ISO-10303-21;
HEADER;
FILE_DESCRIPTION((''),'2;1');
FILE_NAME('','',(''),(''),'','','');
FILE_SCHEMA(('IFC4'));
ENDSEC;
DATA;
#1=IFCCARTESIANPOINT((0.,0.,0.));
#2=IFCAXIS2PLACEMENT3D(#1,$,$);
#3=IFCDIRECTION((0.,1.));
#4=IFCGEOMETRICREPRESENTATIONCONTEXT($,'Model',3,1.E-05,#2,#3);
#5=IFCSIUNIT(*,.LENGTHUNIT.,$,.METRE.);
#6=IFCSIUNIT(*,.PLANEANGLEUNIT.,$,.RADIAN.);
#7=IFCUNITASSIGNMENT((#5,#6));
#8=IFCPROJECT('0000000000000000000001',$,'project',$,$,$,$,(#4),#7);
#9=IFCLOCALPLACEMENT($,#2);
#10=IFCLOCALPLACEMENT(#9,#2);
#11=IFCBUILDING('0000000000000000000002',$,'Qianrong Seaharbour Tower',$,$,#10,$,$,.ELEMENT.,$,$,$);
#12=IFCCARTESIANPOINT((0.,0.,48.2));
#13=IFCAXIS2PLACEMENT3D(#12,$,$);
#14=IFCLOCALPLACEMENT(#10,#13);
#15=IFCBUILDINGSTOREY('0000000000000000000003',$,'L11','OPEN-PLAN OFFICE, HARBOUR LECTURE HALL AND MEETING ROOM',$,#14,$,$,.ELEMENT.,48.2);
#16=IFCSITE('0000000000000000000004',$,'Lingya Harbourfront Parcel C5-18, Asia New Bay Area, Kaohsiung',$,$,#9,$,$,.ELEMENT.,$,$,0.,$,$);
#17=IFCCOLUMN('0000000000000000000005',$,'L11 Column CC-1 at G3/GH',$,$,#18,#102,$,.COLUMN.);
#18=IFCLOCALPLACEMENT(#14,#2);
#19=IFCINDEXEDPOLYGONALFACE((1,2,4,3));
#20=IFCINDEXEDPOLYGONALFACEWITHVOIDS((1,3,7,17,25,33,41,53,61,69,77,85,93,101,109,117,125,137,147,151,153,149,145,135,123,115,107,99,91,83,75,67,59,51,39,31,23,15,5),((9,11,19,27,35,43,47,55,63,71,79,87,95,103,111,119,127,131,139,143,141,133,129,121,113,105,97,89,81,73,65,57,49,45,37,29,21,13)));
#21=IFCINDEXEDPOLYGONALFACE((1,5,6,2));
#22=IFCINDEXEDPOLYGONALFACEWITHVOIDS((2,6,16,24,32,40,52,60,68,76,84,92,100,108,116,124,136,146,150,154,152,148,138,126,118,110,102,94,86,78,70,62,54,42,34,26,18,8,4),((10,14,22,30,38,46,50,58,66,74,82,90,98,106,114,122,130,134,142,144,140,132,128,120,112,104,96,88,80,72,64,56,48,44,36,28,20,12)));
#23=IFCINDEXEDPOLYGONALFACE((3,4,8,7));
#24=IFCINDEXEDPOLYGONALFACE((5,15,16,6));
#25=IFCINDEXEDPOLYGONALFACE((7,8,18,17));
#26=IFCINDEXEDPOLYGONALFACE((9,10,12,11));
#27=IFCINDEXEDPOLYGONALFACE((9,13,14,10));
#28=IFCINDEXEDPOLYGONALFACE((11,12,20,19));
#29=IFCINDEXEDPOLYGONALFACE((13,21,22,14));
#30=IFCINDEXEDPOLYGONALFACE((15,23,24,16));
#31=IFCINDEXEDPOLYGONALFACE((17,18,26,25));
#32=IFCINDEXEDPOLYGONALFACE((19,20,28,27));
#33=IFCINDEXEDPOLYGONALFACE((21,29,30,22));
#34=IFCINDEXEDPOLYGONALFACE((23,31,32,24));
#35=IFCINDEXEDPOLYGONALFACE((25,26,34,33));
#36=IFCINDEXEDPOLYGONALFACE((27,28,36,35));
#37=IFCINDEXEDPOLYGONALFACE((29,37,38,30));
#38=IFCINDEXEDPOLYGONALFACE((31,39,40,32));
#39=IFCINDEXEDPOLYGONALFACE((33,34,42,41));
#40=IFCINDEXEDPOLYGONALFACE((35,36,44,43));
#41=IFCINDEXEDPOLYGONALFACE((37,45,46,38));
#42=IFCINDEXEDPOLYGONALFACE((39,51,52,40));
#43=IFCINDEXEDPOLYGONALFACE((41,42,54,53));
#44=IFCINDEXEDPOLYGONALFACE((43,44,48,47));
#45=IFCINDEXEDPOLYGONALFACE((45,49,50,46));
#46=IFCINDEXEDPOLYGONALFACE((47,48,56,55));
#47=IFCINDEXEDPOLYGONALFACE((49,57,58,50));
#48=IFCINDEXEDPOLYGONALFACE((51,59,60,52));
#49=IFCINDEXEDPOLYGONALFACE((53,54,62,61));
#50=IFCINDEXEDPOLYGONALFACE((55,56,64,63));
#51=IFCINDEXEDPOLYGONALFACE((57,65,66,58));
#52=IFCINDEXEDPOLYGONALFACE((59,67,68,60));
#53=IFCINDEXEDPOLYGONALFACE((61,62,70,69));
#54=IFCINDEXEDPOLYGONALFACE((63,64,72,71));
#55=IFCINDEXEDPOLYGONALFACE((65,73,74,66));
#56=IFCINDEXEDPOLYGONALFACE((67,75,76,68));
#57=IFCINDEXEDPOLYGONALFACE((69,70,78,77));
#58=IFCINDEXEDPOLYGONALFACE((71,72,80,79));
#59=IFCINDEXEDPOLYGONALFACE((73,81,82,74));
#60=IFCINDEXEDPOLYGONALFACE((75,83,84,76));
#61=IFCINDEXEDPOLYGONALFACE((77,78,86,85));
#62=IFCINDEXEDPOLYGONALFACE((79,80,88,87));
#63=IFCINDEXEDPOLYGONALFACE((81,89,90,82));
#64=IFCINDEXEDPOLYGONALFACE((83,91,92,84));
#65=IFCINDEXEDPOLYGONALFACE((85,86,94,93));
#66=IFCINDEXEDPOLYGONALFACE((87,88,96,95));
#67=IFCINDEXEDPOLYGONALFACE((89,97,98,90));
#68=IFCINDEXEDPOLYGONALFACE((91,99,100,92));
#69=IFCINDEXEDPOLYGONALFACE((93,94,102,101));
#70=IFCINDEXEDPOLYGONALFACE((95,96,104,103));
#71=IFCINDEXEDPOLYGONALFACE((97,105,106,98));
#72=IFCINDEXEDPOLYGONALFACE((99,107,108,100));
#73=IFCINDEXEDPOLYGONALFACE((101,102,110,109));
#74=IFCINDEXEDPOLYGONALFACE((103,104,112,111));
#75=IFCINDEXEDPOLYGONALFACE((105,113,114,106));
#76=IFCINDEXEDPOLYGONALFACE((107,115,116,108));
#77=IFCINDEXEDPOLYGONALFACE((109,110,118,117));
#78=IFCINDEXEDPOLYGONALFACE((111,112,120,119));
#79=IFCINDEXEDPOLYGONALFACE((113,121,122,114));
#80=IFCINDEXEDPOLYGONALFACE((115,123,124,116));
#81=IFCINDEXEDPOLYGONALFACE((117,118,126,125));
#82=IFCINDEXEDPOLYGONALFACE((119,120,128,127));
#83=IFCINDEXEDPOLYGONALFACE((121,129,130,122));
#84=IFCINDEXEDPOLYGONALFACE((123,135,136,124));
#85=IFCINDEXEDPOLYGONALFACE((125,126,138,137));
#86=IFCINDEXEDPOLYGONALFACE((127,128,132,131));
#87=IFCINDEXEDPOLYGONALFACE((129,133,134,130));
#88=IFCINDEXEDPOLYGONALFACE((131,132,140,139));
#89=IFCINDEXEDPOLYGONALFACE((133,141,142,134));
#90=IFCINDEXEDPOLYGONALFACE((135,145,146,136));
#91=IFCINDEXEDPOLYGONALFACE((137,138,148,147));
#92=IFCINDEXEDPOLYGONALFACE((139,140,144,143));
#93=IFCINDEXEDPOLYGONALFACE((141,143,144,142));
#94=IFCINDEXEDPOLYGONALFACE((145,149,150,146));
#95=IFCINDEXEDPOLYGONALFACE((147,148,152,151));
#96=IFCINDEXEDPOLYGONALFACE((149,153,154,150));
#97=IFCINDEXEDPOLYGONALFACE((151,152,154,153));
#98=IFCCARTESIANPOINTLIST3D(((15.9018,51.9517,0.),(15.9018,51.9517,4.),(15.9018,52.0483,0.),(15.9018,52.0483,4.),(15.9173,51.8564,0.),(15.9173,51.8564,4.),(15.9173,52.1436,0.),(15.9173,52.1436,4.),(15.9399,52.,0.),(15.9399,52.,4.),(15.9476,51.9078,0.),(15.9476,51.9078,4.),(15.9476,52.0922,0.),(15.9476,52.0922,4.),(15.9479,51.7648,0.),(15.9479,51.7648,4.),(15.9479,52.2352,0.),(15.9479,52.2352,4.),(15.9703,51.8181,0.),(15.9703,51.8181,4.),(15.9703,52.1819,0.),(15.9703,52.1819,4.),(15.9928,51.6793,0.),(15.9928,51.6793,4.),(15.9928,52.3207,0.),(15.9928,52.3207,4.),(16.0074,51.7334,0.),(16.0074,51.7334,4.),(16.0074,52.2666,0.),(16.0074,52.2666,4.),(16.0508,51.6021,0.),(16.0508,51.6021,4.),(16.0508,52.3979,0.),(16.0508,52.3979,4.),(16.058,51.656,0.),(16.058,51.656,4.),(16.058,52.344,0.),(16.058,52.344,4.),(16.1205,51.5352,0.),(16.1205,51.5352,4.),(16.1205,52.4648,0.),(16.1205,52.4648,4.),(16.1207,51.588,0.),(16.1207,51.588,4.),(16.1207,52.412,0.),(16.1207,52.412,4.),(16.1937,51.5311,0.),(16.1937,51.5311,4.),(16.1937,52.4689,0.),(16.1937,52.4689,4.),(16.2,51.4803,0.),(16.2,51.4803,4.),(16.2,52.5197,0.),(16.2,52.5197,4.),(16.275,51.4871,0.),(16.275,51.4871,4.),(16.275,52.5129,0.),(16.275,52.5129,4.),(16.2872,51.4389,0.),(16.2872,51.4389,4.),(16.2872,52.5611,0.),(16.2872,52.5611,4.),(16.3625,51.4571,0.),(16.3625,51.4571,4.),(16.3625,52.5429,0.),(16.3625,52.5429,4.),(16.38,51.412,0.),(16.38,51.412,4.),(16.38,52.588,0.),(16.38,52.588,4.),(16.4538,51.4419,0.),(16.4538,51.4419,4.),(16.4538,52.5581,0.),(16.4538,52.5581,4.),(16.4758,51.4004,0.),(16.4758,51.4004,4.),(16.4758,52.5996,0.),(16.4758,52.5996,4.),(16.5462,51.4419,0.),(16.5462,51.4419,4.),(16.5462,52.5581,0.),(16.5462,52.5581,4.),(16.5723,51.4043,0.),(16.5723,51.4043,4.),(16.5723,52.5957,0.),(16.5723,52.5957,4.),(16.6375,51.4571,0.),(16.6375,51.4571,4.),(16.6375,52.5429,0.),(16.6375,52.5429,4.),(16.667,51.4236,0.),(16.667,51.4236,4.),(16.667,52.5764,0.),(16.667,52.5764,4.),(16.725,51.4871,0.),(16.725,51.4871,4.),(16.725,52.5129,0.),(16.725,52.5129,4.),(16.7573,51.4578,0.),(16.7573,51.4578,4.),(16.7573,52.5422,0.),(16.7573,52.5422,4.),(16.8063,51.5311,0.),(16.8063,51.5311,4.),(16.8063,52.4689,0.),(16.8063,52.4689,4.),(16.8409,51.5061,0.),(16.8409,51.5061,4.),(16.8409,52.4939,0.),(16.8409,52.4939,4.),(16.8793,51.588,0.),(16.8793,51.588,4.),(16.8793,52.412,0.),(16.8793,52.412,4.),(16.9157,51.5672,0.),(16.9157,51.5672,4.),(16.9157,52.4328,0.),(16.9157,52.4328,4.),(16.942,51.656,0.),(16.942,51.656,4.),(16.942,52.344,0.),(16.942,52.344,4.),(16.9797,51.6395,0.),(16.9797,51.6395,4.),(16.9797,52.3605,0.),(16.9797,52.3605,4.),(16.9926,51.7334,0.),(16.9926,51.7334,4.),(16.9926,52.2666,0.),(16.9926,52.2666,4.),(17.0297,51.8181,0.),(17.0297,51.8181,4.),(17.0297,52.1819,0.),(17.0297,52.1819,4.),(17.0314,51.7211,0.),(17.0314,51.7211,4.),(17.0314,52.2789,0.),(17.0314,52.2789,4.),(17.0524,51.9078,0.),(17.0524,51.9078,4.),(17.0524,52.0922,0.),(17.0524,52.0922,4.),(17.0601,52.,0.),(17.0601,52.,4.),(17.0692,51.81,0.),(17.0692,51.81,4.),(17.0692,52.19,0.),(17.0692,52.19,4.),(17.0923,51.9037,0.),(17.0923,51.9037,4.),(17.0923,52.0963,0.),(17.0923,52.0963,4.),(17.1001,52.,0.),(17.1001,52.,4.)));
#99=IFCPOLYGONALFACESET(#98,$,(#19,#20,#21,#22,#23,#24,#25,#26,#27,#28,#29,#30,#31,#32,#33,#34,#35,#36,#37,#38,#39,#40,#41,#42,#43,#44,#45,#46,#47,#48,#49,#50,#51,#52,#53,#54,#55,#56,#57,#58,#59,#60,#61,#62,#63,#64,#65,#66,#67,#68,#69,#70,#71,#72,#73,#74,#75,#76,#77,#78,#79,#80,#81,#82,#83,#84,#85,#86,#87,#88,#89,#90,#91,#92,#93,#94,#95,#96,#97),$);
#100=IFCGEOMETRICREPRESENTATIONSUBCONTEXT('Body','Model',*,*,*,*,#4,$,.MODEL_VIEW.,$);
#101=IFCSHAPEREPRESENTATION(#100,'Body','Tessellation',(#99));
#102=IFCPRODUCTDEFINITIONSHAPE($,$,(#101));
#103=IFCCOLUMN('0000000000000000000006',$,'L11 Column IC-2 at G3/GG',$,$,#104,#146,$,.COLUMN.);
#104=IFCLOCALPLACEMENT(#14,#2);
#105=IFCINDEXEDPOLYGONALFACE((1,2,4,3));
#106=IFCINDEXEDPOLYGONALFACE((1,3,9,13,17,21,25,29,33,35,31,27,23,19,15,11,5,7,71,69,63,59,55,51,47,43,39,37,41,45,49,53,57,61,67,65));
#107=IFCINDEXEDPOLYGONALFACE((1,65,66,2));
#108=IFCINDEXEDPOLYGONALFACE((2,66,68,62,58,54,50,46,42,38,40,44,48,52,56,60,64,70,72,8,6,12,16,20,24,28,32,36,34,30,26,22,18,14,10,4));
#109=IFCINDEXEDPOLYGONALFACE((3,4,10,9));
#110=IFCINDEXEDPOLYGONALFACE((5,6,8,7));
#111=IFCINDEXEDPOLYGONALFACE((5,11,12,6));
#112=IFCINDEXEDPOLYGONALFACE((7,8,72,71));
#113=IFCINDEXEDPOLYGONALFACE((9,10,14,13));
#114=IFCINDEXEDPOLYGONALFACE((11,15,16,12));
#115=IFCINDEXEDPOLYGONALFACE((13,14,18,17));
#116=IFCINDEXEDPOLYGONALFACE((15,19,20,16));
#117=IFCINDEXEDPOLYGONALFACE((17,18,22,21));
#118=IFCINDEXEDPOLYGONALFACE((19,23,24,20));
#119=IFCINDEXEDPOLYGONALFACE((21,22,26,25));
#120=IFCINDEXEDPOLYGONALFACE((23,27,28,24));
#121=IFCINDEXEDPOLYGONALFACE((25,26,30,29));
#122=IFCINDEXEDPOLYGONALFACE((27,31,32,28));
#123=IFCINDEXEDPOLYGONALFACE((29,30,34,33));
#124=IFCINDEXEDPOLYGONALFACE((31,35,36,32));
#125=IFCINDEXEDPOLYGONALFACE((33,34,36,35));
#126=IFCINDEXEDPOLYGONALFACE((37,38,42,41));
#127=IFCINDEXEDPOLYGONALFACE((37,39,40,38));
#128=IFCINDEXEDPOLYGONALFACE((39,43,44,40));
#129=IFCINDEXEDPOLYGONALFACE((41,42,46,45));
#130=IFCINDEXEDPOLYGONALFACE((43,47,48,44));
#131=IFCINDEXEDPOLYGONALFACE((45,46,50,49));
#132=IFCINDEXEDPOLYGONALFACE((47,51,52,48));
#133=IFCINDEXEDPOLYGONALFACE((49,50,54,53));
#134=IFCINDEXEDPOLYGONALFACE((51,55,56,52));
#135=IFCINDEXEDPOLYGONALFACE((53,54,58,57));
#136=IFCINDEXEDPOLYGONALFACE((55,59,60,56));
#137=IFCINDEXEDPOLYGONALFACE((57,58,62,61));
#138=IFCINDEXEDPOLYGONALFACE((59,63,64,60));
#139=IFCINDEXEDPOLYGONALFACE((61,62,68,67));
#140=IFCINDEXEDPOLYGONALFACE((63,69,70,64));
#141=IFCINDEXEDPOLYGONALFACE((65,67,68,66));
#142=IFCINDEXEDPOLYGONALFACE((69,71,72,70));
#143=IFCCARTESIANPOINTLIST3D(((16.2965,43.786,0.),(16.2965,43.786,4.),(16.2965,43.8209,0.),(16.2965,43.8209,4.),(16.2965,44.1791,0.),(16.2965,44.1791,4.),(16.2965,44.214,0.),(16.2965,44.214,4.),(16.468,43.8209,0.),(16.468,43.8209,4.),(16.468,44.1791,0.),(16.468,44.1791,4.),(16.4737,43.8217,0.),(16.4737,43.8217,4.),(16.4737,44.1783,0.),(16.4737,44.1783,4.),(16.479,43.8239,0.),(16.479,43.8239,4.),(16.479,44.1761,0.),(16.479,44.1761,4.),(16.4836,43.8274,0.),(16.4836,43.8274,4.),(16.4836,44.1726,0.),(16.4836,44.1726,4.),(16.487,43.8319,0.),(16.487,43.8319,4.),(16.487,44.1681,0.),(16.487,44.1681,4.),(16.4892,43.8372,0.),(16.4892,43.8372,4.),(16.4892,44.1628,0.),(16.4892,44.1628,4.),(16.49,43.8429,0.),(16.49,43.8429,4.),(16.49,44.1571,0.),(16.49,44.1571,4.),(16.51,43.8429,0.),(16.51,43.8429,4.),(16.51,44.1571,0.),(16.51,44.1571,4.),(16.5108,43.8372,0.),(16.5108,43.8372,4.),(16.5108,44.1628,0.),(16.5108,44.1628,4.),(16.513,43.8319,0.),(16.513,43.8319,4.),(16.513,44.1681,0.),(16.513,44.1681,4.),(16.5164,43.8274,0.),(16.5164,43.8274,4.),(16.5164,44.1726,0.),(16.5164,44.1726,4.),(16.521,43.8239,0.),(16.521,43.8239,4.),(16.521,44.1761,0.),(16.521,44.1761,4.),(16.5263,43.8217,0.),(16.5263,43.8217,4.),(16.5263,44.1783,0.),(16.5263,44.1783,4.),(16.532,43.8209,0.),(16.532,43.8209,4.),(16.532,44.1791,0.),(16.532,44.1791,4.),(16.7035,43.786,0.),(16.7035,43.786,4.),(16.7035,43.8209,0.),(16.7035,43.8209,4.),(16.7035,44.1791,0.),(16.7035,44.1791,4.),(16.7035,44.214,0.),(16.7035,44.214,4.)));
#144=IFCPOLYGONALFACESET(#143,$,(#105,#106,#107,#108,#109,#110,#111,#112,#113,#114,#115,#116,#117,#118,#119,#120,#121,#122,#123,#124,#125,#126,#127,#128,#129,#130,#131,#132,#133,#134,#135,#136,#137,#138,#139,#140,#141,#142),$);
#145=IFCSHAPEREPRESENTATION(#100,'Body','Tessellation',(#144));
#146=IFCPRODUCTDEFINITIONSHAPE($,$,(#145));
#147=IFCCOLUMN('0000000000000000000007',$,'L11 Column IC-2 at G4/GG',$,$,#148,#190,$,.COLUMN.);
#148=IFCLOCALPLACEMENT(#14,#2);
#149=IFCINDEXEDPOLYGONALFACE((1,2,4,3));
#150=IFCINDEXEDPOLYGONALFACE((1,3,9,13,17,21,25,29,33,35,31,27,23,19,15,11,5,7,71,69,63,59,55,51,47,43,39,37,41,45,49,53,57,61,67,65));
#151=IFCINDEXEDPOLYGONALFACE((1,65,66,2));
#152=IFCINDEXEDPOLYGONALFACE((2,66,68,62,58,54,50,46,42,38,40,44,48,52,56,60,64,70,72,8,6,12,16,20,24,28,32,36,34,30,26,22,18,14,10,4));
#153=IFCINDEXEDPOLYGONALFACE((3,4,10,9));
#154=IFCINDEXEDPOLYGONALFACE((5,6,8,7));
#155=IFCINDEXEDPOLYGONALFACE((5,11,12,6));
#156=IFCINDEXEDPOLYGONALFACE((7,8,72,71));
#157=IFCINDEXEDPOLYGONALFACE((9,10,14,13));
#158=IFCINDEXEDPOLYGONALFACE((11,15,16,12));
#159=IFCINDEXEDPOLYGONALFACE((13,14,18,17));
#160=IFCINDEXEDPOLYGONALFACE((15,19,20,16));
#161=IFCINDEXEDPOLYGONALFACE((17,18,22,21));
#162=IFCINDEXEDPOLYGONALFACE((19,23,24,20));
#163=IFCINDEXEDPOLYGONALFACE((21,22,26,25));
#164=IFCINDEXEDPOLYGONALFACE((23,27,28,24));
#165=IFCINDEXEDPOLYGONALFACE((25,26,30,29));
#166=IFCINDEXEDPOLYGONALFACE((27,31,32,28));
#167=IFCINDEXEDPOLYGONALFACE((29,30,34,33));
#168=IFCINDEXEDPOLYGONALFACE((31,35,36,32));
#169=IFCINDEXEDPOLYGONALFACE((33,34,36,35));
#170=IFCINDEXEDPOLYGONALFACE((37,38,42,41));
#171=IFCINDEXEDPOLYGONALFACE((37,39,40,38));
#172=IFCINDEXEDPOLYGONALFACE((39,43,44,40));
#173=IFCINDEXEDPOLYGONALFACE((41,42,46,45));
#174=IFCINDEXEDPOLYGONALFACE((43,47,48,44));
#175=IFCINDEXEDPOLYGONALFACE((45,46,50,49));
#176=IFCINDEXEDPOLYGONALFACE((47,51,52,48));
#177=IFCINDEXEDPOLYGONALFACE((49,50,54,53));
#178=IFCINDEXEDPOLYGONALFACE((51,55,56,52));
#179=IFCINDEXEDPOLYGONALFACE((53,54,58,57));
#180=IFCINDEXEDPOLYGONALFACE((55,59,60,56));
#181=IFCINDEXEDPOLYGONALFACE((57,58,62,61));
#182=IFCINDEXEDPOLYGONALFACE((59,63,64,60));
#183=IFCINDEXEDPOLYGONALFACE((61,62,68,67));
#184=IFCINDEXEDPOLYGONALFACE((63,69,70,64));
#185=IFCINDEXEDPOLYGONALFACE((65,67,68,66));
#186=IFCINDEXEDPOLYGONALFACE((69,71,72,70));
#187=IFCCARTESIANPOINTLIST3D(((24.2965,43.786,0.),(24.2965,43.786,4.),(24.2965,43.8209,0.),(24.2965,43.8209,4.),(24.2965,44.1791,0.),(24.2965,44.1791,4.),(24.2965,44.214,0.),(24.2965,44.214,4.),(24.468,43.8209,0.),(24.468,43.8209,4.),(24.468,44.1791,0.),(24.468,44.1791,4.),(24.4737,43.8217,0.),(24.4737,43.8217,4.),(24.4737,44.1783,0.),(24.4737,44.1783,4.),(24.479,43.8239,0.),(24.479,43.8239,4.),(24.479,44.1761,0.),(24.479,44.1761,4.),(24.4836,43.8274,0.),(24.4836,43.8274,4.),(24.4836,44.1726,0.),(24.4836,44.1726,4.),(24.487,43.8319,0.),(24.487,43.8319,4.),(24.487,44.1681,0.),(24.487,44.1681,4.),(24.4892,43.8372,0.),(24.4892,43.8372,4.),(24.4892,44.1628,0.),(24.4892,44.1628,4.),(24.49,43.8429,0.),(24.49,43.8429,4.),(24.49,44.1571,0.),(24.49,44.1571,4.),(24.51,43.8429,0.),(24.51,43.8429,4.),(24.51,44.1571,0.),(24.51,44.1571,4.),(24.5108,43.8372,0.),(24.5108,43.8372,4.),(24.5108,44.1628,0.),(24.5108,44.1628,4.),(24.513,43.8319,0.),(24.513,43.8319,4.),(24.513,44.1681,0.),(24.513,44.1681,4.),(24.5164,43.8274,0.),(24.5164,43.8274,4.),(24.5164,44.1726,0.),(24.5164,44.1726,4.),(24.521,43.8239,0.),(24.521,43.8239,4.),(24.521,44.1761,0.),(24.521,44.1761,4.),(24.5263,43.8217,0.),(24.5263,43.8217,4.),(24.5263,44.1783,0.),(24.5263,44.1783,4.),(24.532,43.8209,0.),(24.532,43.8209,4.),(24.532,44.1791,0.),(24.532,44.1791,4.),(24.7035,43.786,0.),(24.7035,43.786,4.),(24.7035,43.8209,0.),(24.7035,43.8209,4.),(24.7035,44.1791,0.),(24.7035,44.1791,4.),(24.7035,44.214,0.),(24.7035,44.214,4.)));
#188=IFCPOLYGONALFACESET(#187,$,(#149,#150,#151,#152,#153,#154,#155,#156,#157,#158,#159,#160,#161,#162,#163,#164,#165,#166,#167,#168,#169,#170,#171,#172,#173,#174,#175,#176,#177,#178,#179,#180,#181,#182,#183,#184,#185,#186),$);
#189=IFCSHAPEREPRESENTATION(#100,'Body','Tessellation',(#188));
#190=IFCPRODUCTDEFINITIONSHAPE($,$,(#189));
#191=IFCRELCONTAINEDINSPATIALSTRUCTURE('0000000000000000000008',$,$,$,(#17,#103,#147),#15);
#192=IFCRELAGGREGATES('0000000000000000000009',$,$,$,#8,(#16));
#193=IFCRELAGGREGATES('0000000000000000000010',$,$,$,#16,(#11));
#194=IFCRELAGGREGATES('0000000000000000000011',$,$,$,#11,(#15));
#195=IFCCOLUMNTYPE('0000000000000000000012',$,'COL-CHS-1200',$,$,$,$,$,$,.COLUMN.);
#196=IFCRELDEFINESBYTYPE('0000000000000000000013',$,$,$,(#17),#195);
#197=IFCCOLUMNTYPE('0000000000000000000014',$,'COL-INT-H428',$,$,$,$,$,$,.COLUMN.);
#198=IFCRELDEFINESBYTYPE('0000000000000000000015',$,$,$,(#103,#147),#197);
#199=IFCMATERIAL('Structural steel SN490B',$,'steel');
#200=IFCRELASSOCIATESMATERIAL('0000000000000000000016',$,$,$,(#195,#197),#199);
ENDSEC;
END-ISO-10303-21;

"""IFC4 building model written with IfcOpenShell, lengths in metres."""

from ifc_helpers import new_model, si_unit, direction, frame, origin, origin_2d, place, context, subcontext, project, spatial, hollow_circle, i_section, extrude, material, material_profile, profile_set, type_object, element, save


model = new_model("IFC4")

# Units and contexts
model_context = context("Model", 3, precision=1e-05, world=origin(), true_north=direction((0.0, 1.0)))
body_context = subcontext(model_context, "Body", "Model", "MODEL_VIEW")
ifc_project = project(units=[si_unit("LENGTHUNIT", "METRE"), si_unit("PLANEANGLEUNIT", "RADIAN")], contexts=[model_context])

# Site, building, storey
site_placement = place(None, origin())
site = spatial("IfcSite", under=ifc_project, at=site_placement, Name="Lingya Harbourfront Parcel C5-18, Asia New Bay Area, Kaohsiung", CompositionType="ELEMENT", RefElevation=0.0)
building_placement = place(site_placement, origin())
building = spatial("IfcBuilding", under=site, at=building_placement, Name="Qianrong Seaharbour Tower", CompositionType="ELEMENT")
storey_placement = place(building_placement, frame((0.0, 0.0, 48.2)))
storey = spatial("IfcBuildingStorey", under=building, at=storey_placement, Name="L11", Description="OPEN-PLAN OFFICE, HARBOUR LECTURE HALL AND MEETING ROOM", CompositionType="ELEMENT", Elevation=48.2)

# Columns
ifc_material_1 = material(Name="Structural steel SN490B", Category="steel")
ifc_material_profile_1 = material_profile(ifc_material_1, hollow_circle(Radius=0.6001, WallThickness=0.04, at=origin_2d()), Name="CHS1200x40")
ifc_profile_set_1 = profile_set([ifc_material_profile_1], Name="Structural steel SN490B")
column_type_1 = type_object("IfcColumnType", Name="COL-CHS-1200", PredefinedType="COLUMN", material=ifc_profile_set_1)
column_placement = place(storey_placement, frame((16.5, 52.0, 0.0), z_axis=(0.0, 0.0, 1.0), x_axis=(1.0, 0.0, 0.0)))
element("IfcColumn", 1, at=column_placement, inside=storey, type_object=column_type_1, Name="L11 Column CC-1 at G3/GH", PredefinedType="COLUMN", context=body_context, shape_type="SweptSolid", body=[
    extrude(hollow_circle(Radius=0.6001, WallThickness=0.04, at=origin_2d()), origin(), (0.0, 0.0, 1.0), 4.0),
])
ifc_material_profile_2 = material_profile(ifc_material_1, i_section(OverallWidth=0.407, OverallDepth=0.428, WebThickness=0.02, FlangeThickness=0.0349, FilletRadius=0.022, at=origin_2d()), Name="H428x407x20x35")
ifc_profile_set_2 = profile_set([ifc_material_profile_2], Name="Structural steel SN490B")
column_type_2 = type_object("IfcColumnType", Name="COL-INT-H428", PredefinedType="COLUMN", material=ifc_profile_set_2)
for number, where, z_axis, x_axis, name in (
    (2, (16.5, 44.0, 0.0), (0.0, 0.0, 1.0), (1.0, 0.0, 0.0), "L11 Column IC-2 at G3/GG"),
    (3, (24.5, 44.0, 0.0), (0.0, 0.0, 1.0), (1.0, 0.0, 0.0), "L11 Column IC-2 at G4/GG"),
):
    element("IfcColumn", number, at=place(storey_placement, frame(where, z_axis=z_axis, x_axis=x_axis)), inside=storey, type_object=column_type_2, Name=name, PredefinedType="COLUMN", context=body_context, shape_type="SweptSolid", body=[
        extrude(i_section(OverallWidth=0.407, OverallDepth=0.428, WebThickness=0.02, FlangeThickness=0.0349, FilletRadius=0.022, at=origin_2d()), origin(), (0.0, 0.0, 1.0), 4.0),
    ])

save(model, "model.ifc")
